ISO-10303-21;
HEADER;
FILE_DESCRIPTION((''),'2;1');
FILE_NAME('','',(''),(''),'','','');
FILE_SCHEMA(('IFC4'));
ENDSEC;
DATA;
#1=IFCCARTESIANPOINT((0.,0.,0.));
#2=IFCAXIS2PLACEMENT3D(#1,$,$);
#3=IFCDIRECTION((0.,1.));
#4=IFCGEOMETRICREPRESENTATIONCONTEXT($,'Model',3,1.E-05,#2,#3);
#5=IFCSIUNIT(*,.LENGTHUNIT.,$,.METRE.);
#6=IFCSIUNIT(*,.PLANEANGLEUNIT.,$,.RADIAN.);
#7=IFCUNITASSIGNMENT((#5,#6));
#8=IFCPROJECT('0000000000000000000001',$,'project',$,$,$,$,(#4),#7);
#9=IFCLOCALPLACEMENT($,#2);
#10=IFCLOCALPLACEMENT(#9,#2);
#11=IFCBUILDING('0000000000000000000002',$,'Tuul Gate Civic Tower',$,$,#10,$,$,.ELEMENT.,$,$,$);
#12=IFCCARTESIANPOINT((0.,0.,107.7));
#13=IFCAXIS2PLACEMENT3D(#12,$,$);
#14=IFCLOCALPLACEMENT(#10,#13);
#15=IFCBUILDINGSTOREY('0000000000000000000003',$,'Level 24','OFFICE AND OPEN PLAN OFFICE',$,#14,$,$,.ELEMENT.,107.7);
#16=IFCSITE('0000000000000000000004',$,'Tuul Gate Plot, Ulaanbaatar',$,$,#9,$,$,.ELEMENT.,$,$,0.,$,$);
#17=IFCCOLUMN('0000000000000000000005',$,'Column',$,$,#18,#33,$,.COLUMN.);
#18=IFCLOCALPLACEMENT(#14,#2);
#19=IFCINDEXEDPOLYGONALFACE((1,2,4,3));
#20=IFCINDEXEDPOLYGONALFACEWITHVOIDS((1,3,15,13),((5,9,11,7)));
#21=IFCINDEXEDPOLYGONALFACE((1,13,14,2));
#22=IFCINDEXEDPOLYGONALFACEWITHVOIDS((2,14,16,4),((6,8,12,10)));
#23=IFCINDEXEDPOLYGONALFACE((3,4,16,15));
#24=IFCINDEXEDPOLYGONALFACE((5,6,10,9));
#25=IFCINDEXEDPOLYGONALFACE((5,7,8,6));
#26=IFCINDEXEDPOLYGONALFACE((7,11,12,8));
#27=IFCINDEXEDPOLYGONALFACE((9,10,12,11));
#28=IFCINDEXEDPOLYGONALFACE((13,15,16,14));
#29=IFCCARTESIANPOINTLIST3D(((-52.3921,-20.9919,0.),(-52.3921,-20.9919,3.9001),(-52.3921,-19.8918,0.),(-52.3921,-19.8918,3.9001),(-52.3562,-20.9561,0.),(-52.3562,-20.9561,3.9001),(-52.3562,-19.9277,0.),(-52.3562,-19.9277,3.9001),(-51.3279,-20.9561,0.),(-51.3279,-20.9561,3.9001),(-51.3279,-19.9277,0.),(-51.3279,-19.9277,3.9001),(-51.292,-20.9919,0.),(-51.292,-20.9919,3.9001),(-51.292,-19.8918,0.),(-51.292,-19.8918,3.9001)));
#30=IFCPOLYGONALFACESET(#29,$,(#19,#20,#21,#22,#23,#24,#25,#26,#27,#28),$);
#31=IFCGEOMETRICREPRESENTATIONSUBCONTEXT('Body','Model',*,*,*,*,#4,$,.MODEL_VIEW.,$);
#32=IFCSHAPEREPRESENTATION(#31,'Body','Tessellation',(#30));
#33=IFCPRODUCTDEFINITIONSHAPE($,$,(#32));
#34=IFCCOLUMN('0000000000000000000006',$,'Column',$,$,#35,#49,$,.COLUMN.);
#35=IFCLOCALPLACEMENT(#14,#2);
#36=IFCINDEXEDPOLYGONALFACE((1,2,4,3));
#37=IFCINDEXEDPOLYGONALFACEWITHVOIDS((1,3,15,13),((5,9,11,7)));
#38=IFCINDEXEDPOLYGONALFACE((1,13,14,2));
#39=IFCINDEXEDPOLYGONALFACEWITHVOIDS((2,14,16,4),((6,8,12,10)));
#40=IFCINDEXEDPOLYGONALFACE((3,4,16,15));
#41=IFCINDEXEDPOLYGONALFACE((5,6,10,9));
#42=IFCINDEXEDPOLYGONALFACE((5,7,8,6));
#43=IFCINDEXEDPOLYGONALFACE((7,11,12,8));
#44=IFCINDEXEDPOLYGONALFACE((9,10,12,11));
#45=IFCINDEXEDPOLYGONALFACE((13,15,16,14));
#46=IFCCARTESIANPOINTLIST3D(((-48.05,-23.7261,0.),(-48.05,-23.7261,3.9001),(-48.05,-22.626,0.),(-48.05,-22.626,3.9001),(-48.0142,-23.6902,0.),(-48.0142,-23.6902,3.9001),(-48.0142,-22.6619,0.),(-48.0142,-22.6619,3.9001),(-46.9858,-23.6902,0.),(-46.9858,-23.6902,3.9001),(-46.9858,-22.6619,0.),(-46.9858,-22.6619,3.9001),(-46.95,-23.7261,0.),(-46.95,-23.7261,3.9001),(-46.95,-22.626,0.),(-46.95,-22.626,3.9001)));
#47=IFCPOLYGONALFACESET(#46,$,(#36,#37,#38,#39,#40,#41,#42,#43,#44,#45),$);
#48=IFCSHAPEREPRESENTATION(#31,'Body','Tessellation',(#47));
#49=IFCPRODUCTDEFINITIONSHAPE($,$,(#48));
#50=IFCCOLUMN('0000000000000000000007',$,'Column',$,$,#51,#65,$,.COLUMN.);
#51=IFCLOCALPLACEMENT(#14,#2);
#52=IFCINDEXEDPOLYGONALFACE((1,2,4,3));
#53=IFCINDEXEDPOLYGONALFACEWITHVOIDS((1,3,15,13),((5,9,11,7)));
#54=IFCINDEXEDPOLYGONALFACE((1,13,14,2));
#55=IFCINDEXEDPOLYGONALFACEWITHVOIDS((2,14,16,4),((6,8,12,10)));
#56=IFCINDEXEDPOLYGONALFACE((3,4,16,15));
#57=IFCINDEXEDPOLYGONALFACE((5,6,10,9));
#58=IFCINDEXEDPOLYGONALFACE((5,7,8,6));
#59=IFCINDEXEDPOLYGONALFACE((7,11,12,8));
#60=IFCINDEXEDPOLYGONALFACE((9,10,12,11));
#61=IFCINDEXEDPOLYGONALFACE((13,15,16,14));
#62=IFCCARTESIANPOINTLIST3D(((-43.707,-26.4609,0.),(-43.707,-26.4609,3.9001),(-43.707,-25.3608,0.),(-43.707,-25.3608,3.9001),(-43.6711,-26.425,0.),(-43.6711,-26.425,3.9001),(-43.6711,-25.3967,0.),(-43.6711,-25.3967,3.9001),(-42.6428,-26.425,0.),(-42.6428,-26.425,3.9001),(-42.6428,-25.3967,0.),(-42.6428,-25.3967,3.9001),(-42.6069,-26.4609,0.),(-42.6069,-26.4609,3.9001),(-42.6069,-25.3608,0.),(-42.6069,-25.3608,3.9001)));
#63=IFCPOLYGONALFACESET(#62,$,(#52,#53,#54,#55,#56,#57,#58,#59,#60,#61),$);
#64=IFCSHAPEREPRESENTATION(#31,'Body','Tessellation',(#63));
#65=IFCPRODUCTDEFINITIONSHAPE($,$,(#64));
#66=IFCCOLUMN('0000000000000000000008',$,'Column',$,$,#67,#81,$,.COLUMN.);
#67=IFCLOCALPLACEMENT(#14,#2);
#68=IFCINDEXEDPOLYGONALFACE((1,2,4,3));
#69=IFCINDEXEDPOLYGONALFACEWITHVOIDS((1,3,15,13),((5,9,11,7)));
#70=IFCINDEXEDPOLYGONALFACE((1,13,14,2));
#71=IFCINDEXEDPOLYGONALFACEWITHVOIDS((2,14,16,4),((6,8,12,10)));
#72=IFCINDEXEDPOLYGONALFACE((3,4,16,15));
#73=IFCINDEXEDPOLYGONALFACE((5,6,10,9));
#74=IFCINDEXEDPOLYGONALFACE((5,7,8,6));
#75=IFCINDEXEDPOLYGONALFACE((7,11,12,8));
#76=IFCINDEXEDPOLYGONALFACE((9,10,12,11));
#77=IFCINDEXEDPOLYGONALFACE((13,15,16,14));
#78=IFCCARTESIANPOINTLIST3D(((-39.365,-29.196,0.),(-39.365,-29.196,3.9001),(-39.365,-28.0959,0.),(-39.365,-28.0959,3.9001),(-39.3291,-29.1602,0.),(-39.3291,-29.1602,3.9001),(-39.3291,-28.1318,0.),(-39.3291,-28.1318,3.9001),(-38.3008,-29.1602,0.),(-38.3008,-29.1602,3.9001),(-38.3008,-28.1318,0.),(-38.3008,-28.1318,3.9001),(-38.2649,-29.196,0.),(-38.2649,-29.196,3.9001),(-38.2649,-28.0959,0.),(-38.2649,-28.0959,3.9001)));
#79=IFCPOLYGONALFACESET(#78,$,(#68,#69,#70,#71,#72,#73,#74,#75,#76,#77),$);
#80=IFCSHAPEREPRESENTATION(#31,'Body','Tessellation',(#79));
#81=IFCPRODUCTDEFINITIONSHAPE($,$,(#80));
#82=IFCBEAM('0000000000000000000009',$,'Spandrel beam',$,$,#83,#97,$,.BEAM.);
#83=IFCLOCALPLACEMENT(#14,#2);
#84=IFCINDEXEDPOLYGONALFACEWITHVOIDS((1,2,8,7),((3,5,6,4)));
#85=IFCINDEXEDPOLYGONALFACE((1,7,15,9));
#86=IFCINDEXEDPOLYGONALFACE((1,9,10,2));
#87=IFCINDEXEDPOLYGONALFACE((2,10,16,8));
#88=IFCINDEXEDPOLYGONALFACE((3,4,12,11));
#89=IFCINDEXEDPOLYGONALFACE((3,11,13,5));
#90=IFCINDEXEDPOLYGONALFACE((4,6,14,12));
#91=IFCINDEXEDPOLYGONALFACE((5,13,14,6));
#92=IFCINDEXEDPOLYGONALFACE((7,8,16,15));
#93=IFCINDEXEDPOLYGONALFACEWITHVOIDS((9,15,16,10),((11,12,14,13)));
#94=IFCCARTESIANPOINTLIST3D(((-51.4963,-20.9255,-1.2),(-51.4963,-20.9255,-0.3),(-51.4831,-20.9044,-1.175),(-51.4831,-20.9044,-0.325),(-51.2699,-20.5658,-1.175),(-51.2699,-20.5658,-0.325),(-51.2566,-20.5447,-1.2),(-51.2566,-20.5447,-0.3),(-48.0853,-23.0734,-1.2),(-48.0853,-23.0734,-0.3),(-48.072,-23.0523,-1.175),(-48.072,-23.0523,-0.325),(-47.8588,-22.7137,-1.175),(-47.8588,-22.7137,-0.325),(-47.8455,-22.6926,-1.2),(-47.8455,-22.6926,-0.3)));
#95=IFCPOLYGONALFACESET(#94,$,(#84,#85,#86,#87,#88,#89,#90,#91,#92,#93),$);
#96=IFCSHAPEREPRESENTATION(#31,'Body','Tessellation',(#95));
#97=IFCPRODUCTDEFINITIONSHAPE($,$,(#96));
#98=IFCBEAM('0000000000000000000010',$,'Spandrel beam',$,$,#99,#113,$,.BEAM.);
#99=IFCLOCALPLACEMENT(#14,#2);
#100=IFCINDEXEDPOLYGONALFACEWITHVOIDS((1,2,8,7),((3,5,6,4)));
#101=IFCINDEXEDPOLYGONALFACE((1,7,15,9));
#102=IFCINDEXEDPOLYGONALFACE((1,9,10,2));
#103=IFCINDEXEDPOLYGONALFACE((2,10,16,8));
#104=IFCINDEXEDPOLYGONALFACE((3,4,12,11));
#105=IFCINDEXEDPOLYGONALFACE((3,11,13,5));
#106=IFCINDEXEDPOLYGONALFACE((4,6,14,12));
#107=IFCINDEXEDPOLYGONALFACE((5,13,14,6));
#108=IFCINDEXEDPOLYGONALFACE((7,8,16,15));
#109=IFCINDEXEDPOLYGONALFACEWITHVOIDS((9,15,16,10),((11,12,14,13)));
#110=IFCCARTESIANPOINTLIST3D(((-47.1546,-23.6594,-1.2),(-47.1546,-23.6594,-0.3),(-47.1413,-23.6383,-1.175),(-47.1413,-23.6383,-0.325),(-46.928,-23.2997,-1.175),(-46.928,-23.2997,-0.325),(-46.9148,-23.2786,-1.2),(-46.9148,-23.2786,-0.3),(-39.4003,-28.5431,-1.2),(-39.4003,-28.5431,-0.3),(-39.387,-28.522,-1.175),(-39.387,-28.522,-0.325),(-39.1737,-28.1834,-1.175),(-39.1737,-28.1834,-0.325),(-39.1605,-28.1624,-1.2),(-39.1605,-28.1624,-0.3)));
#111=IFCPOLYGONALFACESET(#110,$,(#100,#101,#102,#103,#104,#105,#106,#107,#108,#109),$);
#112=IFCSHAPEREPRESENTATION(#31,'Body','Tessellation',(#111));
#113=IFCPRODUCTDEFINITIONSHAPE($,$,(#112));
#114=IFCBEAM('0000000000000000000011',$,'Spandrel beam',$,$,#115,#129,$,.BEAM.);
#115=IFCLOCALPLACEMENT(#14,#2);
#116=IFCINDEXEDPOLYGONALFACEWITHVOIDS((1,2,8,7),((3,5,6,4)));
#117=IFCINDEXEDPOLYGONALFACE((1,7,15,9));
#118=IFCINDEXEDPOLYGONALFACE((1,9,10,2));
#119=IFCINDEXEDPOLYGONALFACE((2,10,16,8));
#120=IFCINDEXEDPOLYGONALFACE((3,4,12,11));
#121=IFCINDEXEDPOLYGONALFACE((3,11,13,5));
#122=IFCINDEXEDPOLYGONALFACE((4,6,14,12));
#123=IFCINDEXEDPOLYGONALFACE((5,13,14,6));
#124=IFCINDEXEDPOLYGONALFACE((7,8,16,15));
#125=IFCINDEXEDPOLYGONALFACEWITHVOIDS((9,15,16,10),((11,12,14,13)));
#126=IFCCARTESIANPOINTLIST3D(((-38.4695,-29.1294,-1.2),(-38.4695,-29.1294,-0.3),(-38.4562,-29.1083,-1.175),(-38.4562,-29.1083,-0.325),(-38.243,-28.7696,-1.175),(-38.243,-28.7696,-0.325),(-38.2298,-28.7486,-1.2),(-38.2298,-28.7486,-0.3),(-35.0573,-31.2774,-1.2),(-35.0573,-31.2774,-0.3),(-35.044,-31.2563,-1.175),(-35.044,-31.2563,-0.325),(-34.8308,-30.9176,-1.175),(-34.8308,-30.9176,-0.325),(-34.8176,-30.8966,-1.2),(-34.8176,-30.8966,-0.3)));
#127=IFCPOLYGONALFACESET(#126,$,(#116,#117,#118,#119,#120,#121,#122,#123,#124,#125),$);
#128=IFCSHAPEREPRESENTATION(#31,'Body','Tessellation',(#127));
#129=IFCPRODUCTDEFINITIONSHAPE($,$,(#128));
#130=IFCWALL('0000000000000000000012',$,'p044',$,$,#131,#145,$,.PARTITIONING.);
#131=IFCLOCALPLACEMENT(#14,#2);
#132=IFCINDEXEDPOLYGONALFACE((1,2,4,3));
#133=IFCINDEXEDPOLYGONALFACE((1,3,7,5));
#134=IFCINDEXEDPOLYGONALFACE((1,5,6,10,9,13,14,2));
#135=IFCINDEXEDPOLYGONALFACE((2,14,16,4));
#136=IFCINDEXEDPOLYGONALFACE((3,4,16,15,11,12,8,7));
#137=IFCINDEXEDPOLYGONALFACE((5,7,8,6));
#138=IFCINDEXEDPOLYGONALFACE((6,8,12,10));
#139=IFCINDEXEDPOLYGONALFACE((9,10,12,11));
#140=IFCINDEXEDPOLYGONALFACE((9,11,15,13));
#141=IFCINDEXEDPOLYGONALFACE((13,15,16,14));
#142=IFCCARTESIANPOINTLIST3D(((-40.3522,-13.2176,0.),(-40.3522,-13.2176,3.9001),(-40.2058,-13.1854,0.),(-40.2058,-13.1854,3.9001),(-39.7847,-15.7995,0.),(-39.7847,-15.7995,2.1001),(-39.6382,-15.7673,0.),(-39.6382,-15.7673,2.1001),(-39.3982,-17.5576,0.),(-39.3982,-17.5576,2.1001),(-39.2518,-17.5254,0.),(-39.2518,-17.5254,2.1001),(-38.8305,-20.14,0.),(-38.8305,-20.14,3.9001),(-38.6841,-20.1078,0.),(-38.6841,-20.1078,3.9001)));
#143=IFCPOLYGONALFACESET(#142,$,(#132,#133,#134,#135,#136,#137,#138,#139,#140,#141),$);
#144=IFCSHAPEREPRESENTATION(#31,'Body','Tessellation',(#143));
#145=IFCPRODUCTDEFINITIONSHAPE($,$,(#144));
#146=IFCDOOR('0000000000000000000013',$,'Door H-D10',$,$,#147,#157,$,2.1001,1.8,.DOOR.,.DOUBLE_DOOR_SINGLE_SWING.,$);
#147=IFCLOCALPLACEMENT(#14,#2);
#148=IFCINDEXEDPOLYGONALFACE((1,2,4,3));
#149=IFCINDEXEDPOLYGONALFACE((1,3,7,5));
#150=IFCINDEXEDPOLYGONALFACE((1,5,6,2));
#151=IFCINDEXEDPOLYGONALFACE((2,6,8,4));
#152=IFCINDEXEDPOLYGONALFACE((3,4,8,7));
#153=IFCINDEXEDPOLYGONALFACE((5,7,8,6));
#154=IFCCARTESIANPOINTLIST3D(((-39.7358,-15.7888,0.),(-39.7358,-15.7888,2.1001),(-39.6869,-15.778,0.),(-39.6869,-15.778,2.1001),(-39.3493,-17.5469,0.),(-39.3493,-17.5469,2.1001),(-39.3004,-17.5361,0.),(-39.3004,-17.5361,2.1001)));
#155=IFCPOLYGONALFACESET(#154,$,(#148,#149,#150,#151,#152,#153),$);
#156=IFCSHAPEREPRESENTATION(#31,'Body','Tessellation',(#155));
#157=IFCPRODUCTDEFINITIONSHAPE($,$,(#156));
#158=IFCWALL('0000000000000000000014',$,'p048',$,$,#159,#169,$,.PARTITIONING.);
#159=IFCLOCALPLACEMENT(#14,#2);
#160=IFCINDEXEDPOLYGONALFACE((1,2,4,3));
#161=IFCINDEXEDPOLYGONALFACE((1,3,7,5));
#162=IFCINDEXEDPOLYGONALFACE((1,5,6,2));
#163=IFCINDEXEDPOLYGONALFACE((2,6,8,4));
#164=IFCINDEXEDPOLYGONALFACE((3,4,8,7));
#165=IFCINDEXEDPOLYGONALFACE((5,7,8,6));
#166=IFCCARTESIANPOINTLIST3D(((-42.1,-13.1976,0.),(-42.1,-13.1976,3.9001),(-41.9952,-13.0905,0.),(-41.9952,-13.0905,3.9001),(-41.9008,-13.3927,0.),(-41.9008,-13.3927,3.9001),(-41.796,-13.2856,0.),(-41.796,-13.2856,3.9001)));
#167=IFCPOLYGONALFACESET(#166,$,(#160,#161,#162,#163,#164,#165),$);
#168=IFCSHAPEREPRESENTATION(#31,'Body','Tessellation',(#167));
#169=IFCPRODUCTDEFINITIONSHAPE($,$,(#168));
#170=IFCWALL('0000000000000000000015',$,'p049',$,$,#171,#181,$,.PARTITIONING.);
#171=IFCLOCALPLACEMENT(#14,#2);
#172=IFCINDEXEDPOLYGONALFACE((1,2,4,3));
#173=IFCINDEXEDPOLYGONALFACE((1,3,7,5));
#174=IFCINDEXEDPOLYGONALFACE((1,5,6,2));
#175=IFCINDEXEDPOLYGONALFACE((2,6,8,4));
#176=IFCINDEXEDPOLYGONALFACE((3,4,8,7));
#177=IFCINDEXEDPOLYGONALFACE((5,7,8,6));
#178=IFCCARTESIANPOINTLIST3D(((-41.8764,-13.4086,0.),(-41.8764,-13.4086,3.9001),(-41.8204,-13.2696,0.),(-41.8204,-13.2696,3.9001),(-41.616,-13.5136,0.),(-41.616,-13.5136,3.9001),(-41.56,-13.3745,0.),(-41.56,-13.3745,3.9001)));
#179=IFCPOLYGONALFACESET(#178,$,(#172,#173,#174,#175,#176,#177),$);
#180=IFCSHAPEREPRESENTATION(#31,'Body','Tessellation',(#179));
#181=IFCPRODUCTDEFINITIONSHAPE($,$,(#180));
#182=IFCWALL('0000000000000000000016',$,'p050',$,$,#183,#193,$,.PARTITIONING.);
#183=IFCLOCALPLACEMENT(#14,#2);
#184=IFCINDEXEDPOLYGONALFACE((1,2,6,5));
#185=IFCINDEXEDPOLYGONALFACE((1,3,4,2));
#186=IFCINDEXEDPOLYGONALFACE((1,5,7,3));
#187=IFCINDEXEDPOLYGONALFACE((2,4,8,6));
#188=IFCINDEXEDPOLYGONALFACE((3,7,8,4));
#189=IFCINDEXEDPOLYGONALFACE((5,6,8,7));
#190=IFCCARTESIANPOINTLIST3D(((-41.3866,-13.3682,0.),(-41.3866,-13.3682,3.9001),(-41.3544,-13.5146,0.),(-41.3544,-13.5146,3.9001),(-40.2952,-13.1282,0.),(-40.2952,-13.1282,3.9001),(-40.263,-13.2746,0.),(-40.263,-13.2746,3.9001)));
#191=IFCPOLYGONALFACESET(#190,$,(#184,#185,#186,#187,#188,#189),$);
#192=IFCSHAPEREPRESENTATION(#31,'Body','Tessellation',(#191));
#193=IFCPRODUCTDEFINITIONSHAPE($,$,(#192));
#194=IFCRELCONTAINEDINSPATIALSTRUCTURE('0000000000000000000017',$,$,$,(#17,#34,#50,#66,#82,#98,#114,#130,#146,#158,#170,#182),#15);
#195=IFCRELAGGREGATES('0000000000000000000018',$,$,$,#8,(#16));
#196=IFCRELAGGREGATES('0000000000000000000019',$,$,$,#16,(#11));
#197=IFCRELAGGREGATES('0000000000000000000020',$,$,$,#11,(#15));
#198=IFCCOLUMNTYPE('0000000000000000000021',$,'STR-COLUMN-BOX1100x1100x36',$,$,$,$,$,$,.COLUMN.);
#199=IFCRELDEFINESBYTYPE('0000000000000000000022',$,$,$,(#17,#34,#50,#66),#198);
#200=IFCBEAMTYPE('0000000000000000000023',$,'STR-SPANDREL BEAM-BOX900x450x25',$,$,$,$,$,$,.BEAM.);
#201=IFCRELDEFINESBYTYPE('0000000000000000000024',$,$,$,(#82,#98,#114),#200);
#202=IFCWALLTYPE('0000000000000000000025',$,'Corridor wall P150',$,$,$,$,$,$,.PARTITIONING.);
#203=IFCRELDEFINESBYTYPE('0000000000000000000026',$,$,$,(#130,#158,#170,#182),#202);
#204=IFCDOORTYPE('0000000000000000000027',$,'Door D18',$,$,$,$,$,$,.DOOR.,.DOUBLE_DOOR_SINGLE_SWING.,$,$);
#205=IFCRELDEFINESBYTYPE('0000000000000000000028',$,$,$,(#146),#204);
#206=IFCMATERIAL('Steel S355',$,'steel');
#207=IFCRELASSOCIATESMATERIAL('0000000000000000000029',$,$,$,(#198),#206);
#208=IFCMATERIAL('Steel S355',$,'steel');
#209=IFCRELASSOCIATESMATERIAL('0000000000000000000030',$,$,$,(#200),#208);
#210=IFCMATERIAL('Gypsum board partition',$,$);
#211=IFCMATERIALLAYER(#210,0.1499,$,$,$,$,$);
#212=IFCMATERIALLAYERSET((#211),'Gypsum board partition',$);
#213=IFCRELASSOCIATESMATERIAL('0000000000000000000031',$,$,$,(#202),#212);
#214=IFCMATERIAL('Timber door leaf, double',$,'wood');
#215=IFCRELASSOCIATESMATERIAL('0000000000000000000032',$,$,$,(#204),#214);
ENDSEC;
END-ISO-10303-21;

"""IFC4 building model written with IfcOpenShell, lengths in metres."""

from ifc_helpers import new_model, si_unit, direction, frame, frame_2d, origin, origin_2d, place, context, subcontext, project, spatial, rectangle, hollow_rectangle, extrude, material, layer, layer_set, material_profile, profile_set, type_object, element, fill, save


model = new_model("IFC4")

# Units and contexts
model_context = context("Model", 3, precision=1e-05, world=origin(), true_north=direction((0.0, 1.0)))
body_context = subcontext(model_context, "Body", "Model", "MODEL_VIEW")
ifc_project = project(units=[si_unit("LENGTHUNIT", "METRE"), si_unit("PLANEANGLEUNIT", "RADIAN")], contexts=[model_context])

# Site, building, storey
site_placement = place(None, origin())
site = spatial("IfcSite", under=ifc_project, at=site_placement, Name="Tuul Gate Plot, Ulaanbaatar", CompositionType="ELEMENT", RefElevation=0.0)
building_placement = place(site_placement, origin())
building = spatial("IfcBuilding", under=site, at=building_placement, Name="Tuul Gate Civic Tower", CompositionType="ELEMENT")
storey_placement = place(building_placement, frame((0.0, 0.0, 107.7)))
storey = spatial("IfcBuildingStorey", under=building, at=storey_placement, Name="Level 24", Description="OFFICE AND OPEN PLAN OFFICE", CompositionType="ELEMENT", Elevation=107.7)

# Columns
ifc_material_1 = material(Name="Steel S355", Category="steel")
ifc_material_profile_1 = material_profile(ifc_material_1, hollow_rectangle(XDim=1.1001, YDim=1.1001, WallThickness=0.0359, at=origin_2d()), Name="BOX1100x1100x36")
ifc_profile_set_1 = profile_set([ifc_material_profile_1], Name="Steel S355")
column_type = type_object("IfcColumnType", Name="STR-COLUMN-BOX1100x1100x36", PredefinedType="COLUMN", material=ifc_profile_set_1)
for number, where, z_axis, x_axis, name in (
    (1, (-51.842, -20.4419, 0.0), (0.0, 0.0, 1.0), (1.0, 0.0, 0.0), "Column"),
    (2, (-47.5, -23.176, 0.0), (0.0, 0.0, 1.0), (1.0, 0.0, 0.0), "Column"),
    (3, (-43.157, -25.9109, 0.0), (0.0, 0.0, 1.0), (1.0, 0.0, 0.0), "Column"),
    (4, (-38.8149, -28.646, 0.0), (0.0, 0.0, 1.0), (1.0, 0.0, 0.0), "Column"),
):
    element("IfcColumn", number, at=place(storey_placement, frame(where, z_axis=z_axis, x_axis=x_axis)), inside=storey, type_object=column_type, Name=name, PredefinedType="COLUMN", context=body_context, shape_type="SweptSolid", body=[
        extrude(hollow_rectangle(XDim=1.1001, YDim=1.1001, WallThickness=0.0359, at=origin_2d()), origin(), (0.0, 0.0, 1.0), 3.9001),
    ])

# Beams
ifc_material_2 = material(Name="Steel S355", Category="steel")
ifc_material_profile_2 = material_profile(ifc_material_2, hollow_rectangle(XDim=0.45, YDim=0.8999, WallThickness=0.0249, at=origin_2d()), Name="BOX900x450x25")
ifc_profile_set_2 = profile_set([ifc_material_profile_2], Name="Steel S355")
beam_type = type_object("IfcBeamType", Name="STR-SPANDREL BEAM-BOX900x450x25", PredefinedType="BEAM", material=ifc_profile_set_2)
beam_1_placement = place(storey_placement, frame((-51.3765, -20.7351, -0.75), z_axis=(0.846211, -0.532849, 0.0), x_axis=(0.532849, 0.846211, 0.0)))
element("IfcBeam", 5, at=beam_1_placement, inside=storey, type_object=beam_type, Name="Spandrel beam", PredefinedType="BEAM", context=body_context, shape_type="SweptSolid", body=[
    extrude(hollow_rectangle(XDim=0.45, YDim=0.8999, WallThickness=0.0249, at=origin_2d()), origin(), (0.0, 0.0, 1.0), 4.031),
])
beam_2_placement = place(storey_placement, frame((-47.0347, -23.469, -0.75), z_axis=(0.846164, -0.532922, 0.0), x_axis=(0.532922, 0.846164, 0.0)))
element("IfcBeam", 6, at=beam_2_placement, inside=storey, type_object=beam_type, Name="Spandrel beam", PredefinedType="BEAM", context=body_context, shape_type="SweptSolid", body=[
    extrude(hollow_rectangle(XDim=0.45, YDim=0.8999, WallThickness=0.0249, at=origin_2d()), origin(), (0.0, 0.0, 1.0), 9.1641),
])
beam_3_placement = place(storey_placement, frame((-38.3496, -28.939, -0.75), z_axis=(0.846279, -0.532739, 0.0), x_axis=(0.532739, 0.846279, 0.0)))
element("IfcBeam", 7, at=beam_3_placement, inside=storey, type_object=beam_type, Name="Spandrel beam", PredefinedType="BEAM", context=body_context, shape_type="SweptSolid", body=[
    extrude(hollow_rectangle(XDim=0.45, YDim=0.8999, WallThickness=0.0249, at=origin_2d()), origin(), (0.0, 0.0, 1.0), 4.032),
])

# Wall, opening, door
ifc_material_3 = material(Name="Gypsum board partition")
ifc_layer_1 = layer(ifc_material_3, 0.1499)
ifc_layer_set_1 = layer_set([ifc_layer_1], Name="Gypsum board partition")
wall_type_1 = type_object("IfcWallType", Name="Corridor wall P150", PredefinedType="PARTITIONING", material=ifc_layer_set_1)
wall_1_placement = place(storey_placement, frame((-40.2791, -13.2014, 0.0), z_axis=(0.0, 0.0, 1.0), x_axis=(0.214701, -0.97668, 0.0)))
wall_1 = element("IfcWall", 8, at=wall_1_placement, inside=storey, type_object=wall_type_1, Name="p044", PredefinedType="PARTITIONING", context=body_context, shape_type="SweptSolid", body=[
    extrude(rectangle(XDim=7.0876, YDim=0.1499, at=frame_2d((3.5439, 0.0))), origin(), (0.0, 0.0, 1.0), 3.9001),
])
opening_1_placement = place(wall_1_placement, frame((2.6438, 0.0, 0.0)))
opening_1 = element("IfcOpeningElement", 9, at=opening_1_placement, cuts=wall_1, PredefinedType="OPENING", context=body_context, shape_type="SweptSolid", body=[
    extrude(rectangle(XDim=1.8, YDim=2.1001, at=frame_2d((0.8999, 1.05))), frame((0.0, 0.085, 0.0), z_axis=(0.0, -1.0, 0.0), x_axis=(1.0, 0.0, 0.0)), (0.0, 0.0, 1.0), 0.1699),
])
ifc_material_4 = material(Name="Timber door leaf, double", Category="wood")
door_type = type_object("IfcDoorType", Name="Door D18", OperationType="DOUBLE_DOOR_SINGLE_SWING", PredefinedType="DOOR", material=ifc_material_4)
door_placement = place(opening_1_placement, frame((1.8, 0.0, 0.0), z_axis=(0.0, 0.0, 1.0), x_axis=(-1.0, 0.0, 0.0)))
door = element("IfcDoor", 10, at=door_placement, inside=storey, type_object=door_type, Name="Door H-D10", OperationType="DOUBLE_DOOR_SINGLE_SWING", OverallHeight=2.1001, OverallWidth=1.8, PredefinedType="DOOR", context=body_context, shape_type="SweptSolid", body=[
    extrude(rectangle(XDim=1.8, YDim=2.1001, at=frame_2d((0.9001, 1.05))), frame((0.0, 0.0249, 0.0), z_axis=(0.0, -1.0, 0.0), x_axis=(1.0, 0.0, 0.0)), (0.0, 0.0, 1.0), 0.05),
])
fill(opening_1, door)

# Walls
wall_2_placement = place(storey_placement, frame((-42.0476, -13.144, 0.0), z_axis=(0.0, 0.0, 1.0), x_axis=(0.71451, -0.699625, 0.0)))
element("IfcWall", 11, at=wall_2_placement, inside=storey, type_object=wall_type_1, Name="p048", PredefinedType="PARTITIONING", context=body_context, shape_type="SweptSolid", body=[
    extrude(rectangle(XDim=0.2788, YDim=0.1499, at=frame_2d((0.1394, 0.0))), origin(), (0.0, 0.0, 1.0), 3.9001),
])
wall_3_placement = place(storey_placement, frame((-41.8484, -13.3391, 0.0), z_axis=(0.0, 0.0, 1.0), x_axis=(0.927514, -0.373787, 0.0)))
element("IfcWall", 12, at=wall_3_placement, inside=storey, type_object=wall_type_1, Name="p049", PredefinedType="PARTITIONING", context=body_context, shape_type="SweptSolid", body=[
    extrude(rectangle(XDim=0.2808, YDim=0.1499, at=frame_2d((0.1404, 0.0))), origin(), (0.0, 0.0, 1.0), 3.9001),
])
wall_4_placement = place(storey_placement, frame((-41.3704, -13.4414, 0.0), z_axis=(0.0, 0.0, 1.0), x_axis=(0.976663, 0.214778, 0.0)))
element("IfcWall", 13, at=wall_4_placement, inside=storey, type_object=wall_type_1, Name="p050", PredefinedType="PARTITIONING", context=body_context, shape_type="SweptSolid", body=[
    extrude(rectangle(XDim=1.1174, YDim=0.1499, at=frame_2d((0.5586, 0.0))), origin(), (0.0, 0.0, 1.0), 3.9001),
])

save(model, "model.ifc")
